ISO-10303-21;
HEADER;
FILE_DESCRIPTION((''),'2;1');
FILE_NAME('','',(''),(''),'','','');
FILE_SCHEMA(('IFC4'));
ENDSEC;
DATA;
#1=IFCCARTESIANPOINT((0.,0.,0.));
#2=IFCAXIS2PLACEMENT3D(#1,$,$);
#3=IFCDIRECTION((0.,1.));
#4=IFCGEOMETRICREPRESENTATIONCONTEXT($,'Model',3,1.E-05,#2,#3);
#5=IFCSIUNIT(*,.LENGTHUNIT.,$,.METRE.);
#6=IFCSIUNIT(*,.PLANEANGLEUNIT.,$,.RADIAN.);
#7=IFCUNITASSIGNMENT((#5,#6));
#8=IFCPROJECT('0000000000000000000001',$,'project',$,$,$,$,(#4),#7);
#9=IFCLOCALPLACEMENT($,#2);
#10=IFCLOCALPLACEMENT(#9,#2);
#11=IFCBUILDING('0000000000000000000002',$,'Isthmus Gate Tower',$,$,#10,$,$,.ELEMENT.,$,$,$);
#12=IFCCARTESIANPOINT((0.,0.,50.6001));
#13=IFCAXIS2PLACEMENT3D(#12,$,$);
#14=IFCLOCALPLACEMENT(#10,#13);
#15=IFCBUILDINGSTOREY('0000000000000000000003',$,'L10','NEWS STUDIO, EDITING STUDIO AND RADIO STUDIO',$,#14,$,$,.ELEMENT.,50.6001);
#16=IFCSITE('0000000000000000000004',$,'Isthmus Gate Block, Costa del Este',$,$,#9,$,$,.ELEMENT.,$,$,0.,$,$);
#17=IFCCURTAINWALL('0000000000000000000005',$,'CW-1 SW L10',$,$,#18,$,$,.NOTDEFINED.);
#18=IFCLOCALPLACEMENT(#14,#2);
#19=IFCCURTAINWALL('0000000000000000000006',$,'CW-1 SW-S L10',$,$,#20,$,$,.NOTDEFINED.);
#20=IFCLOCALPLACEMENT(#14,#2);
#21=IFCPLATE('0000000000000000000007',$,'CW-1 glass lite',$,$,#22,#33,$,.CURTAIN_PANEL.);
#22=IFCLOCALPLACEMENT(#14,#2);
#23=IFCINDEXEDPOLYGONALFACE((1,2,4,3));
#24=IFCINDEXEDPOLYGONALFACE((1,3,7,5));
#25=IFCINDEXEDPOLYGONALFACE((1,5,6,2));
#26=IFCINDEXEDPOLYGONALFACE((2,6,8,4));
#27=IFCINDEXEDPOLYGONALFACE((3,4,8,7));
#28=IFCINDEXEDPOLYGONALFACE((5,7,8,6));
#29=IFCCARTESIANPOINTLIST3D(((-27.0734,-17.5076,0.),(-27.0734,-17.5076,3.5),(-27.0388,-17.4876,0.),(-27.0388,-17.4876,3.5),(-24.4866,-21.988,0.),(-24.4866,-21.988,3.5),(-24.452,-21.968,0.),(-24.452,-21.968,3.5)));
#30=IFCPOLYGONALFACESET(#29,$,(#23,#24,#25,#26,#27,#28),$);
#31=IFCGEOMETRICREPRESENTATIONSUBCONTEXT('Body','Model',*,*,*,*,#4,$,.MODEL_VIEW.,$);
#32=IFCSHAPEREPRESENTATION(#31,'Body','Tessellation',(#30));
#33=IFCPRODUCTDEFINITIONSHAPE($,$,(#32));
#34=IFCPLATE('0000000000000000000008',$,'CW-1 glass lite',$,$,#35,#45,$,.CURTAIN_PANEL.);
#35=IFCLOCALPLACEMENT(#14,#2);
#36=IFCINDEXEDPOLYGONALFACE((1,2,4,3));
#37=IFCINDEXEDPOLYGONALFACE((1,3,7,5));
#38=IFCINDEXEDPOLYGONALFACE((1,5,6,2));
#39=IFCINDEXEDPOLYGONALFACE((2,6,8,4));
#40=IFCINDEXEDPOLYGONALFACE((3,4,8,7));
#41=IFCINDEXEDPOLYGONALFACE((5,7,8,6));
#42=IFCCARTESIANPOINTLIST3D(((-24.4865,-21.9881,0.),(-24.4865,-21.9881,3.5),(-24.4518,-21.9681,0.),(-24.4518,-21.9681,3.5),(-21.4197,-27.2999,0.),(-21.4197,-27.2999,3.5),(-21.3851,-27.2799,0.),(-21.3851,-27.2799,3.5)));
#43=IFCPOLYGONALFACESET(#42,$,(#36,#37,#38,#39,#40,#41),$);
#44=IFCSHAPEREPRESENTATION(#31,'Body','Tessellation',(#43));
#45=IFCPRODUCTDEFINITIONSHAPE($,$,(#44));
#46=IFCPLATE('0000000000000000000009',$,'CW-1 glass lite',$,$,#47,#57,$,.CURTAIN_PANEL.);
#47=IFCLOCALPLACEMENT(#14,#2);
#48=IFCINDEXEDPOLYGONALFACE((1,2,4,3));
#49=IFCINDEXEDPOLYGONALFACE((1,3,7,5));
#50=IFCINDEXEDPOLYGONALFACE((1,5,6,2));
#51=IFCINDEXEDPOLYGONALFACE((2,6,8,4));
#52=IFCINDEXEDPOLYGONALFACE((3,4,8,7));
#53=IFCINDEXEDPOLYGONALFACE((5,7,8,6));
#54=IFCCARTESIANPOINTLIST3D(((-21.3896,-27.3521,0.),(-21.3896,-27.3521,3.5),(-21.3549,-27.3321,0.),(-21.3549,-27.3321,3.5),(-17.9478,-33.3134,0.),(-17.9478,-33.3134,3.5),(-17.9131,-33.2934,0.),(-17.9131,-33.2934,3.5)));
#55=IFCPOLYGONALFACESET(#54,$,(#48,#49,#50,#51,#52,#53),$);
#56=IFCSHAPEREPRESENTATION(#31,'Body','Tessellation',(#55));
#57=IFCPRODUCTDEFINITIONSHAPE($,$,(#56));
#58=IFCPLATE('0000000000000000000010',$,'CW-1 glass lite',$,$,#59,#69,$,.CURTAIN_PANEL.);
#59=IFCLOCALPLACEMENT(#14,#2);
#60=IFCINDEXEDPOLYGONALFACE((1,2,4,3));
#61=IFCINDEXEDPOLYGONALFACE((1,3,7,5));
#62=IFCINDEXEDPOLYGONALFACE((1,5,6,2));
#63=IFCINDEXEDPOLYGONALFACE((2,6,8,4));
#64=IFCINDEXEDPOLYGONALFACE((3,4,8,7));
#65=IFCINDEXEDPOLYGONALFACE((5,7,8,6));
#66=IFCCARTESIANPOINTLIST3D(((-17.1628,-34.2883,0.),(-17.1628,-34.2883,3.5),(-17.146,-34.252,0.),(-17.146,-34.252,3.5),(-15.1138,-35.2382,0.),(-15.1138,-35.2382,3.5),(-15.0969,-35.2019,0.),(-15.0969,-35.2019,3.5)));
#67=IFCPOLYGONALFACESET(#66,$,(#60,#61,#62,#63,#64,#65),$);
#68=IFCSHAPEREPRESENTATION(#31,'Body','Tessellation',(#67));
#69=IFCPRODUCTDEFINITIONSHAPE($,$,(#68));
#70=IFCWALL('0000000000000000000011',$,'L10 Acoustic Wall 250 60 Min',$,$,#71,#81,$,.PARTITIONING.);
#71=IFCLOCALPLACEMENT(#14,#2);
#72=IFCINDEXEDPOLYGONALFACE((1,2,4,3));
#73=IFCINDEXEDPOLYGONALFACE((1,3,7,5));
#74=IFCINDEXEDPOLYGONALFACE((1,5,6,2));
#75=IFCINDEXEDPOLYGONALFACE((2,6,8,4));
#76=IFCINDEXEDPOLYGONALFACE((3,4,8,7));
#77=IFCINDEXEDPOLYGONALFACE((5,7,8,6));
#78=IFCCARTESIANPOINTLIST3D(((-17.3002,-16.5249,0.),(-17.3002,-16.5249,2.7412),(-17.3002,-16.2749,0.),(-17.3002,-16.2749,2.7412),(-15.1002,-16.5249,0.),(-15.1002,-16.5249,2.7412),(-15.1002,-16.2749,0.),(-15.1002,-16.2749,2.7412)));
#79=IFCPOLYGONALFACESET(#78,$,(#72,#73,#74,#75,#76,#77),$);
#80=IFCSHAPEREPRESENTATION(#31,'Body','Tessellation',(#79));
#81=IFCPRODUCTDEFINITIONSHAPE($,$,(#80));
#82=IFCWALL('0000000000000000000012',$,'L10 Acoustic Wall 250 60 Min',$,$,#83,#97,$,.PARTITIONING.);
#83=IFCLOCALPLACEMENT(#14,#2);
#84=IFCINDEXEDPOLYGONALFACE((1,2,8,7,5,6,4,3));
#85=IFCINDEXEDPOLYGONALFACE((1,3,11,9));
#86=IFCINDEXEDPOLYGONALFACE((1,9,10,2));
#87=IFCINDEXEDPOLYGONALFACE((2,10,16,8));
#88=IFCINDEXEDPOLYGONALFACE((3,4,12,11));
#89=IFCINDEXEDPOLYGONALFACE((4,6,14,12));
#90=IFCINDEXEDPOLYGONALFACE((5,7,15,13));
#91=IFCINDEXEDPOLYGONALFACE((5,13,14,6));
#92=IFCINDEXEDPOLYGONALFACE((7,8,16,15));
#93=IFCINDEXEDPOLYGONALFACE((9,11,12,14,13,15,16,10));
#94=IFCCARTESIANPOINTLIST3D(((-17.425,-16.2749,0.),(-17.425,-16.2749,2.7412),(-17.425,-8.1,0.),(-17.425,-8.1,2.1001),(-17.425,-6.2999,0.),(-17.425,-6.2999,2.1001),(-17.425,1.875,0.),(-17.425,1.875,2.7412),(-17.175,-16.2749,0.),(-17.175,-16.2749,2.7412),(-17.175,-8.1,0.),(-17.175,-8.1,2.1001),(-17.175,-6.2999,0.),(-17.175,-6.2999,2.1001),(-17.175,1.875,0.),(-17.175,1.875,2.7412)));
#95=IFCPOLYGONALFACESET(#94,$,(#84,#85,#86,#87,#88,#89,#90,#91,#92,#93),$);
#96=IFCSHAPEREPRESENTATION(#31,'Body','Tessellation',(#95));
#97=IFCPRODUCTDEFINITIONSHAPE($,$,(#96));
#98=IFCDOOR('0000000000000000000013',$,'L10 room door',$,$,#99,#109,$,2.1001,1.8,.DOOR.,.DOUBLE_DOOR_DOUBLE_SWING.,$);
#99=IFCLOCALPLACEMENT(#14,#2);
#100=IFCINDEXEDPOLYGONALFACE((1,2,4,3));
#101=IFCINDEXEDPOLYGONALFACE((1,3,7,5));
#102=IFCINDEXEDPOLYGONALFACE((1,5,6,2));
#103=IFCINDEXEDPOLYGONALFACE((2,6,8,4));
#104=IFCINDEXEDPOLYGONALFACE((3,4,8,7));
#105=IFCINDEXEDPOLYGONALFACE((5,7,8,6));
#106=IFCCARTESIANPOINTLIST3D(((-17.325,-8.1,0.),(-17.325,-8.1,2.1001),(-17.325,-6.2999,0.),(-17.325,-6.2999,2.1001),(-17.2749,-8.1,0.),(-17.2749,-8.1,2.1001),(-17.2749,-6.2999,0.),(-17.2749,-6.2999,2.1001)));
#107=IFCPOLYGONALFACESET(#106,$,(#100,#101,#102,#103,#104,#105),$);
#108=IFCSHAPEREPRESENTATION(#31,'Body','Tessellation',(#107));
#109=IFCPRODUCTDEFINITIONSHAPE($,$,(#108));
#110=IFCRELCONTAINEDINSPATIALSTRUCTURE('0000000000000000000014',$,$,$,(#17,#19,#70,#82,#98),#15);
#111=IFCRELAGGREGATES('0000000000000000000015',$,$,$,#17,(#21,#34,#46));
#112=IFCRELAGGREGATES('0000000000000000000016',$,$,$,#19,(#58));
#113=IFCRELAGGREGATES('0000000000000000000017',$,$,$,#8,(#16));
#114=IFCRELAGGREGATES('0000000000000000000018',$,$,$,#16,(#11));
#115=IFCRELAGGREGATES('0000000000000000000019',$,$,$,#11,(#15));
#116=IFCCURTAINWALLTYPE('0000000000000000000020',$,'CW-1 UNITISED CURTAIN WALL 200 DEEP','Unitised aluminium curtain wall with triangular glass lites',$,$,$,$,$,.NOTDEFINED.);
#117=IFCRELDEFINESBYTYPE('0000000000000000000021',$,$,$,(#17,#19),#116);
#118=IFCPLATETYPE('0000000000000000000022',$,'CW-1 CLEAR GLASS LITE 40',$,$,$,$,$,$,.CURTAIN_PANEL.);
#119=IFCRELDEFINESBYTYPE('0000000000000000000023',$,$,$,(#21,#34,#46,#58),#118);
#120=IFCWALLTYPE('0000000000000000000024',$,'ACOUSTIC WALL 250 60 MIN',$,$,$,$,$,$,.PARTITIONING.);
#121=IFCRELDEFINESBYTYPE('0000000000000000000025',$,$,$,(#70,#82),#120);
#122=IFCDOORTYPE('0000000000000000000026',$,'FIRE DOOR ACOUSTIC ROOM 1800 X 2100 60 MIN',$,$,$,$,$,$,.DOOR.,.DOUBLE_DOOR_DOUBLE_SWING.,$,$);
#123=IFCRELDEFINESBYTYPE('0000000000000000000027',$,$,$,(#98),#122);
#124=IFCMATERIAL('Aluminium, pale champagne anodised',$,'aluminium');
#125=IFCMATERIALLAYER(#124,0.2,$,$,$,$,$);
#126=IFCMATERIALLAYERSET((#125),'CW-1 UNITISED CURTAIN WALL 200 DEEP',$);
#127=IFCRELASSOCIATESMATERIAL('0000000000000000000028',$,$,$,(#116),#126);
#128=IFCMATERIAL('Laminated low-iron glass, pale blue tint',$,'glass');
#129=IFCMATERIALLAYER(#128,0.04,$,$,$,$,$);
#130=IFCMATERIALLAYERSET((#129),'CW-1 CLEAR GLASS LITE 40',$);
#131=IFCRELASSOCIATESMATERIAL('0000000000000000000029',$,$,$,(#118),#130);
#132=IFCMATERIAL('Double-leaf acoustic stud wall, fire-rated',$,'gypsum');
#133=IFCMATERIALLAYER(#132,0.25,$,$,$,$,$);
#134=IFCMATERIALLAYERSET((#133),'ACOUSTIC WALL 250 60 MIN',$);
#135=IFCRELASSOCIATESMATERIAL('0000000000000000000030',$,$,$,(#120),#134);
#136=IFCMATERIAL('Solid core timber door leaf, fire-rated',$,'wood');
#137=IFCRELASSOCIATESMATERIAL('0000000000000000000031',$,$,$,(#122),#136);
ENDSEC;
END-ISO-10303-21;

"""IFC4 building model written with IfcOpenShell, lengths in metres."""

from ifc_helpers import new_model, si_unit, direction, frame, frame_2d, origin, origin_2d, place, context, subcontext, project, spatial, rectangle, extrude, material, layer, layer_set, type_object, element, fill, aggregate, save


model = new_model("IFC4")

# Units and contexts
model_context = context("Model", 3, precision=1e-05, world=origin(), true_north=direction((0.0, 1.0)))
body_context = subcontext(model_context, "Body", "Model", "MODEL_VIEW")
ifc_project = project(units=[si_unit("LENGTHUNIT", "METRE"), si_unit("PLANEANGLEUNIT", "RADIAN")], contexts=[model_context])

# Site, building, storey
site_placement = place(None, origin())
site = spatial("IfcSite", under=ifc_project, at=site_placement, Name="Isthmus Gate Block, Costa del Este", CompositionType="ELEMENT", RefElevation=0.0)
building_placement = place(site_placement, origin())
building = spatial("IfcBuilding", under=site, at=building_placement, Name="Isthmus Gate Tower", CompositionType="ELEMENT")
storey_placement = place(building_placement, frame((0.0, 0.0, 50.6001)))
storey = spatial("IfcBuildingStorey", under=building, at=storey_placement, Name="L10", Description="NEWS STUDIO, EDITING STUDIO AND RADIO STUDIO", CompositionType="ELEMENT", Elevation=50.6001)

# Curtain wall
ifc_material_1 = material(Name="Aluminium, pale champagne anodised", Category="aluminium")
ifc_layer_1 = layer(ifc_material_1, 0.2)
ifc_layer_set_1 = layer_set([ifc_layer_1], Name="CW-1 UNITISED CURTAIN WALL 200 DEEP")
curtain_wall_type = type_object("IfcCurtainWallType", Name="CW-1 UNITISED CURTAIN WALL 200 DEEP", Description="Unitised aluminium curtain wall with triangular glass lites", PredefinedType="NOTDEFINED", material=ifc_layer_set_1)
curtain_wall_1_placement = place(storey_placement, origin())
curtain_wall_1 = element("IfcCurtainWall", 1, at=curtain_wall_1_placement, inside=storey, type_object=curtain_wall_type, Name="CW-1 SW L10", PredefinedType="NOTDEFINED")

# Curtain wall
curtain_wall_2_placement = place(storey_placement, origin())
curtain_wall_2 = element("IfcCurtainWall", 2, at=curtain_wall_2_placement, inside=storey, type_object=curtain_wall_type, Name="CW-1 SW-S L10", PredefinedType="NOTDEFINED")

# Plates
ifc_material_2 = material(Name="Laminated low-iron glass, pale blue tint", Category="glass")
ifc_layer_2 = layer(ifc_material_2, 0.04)
ifc_layer_set_2 = layer_set([ifc_layer_2], Name="CW-1 CLEAR GLASS LITE 40")
plate_type = type_object("IfcPlateType", Name="CW-1 CLEAR GLASS LITE 40", PredefinedType="CURTAIN_PANEL", material=ifc_layer_set_2)
plate_1_placement = place(storey_placement, frame((-25.7627, -19.7378, 0.0), z_axis=(0.0, 0.0, 1.0), x_axis=(0.5, -0.866025, 0.0)))
plate_1 = element("IfcPlate", 3, at=plate_1_placement, type_object=plate_type, Name="CW-1 glass lite", PredefinedType="CURTAIN_PANEL", context=body_context, shape_type="SweptSolid", body=[
    extrude(rectangle(XDim=5.1736, YDim=0.04, at=origin_2d()), origin(), (0.0, 0.0, 1.0), 3.5),
])
plate_2_placement = place(storey_placement, frame((-22.9358, -24.634, 0.0), z_axis=(0.0, 0.0, 1.0), x_axis=(0.5, -0.866025, 0.0)))
plate_2 = element("IfcPlate", 4, at=plate_2_placement, type_object=plate_type, Name="CW-1 glass lite", PredefinedType="CURTAIN_PANEL", context=body_context, shape_type="SweptSolid", body=[
    extrude(rectangle(XDim=6.1335, YDim=0.04, at=origin_2d()), origin(), (0.0, 0.0, 1.0), 3.5),
])
plate_3_placement = place(storey_placement, frame((-19.6514, -30.3228, 0.0), z_axis=(0.0, 0.0, 1.0), x_axis=(0.5, -0.866025, 0.0)))
plate_3 = element("IfcPlate", 5, at=plate_3_placement, type_object=plate_type, Name="CW-1 glass lite", PredefinedType="CURTAIN_PANEL", context=body_context, shape_type="SweptSolid", body=[
    extrude(rectangle(XDim=6.8835, YDim=0.04, at=origin_2d()), origin(), (0.0, 0.0, 1.0), 3.5),
])
aggregate(curtain_wall_1, [plate_1, plate_2, plate_3])
plate_4_placement = place(storey_placement, frame((-16.1299, -34.7451, 0.0), z_axis=(0.0, 0.0, 1.0), x_axis=(0.907256, -0.420578, 0.0)))
plate_4 = element("IfcPlate", 6, at=plate_4_placement, type_object=plate_type, Name="CW-1 glass lite", PredefinedType="CURTAIN_PANEL", context=body_context, shape_type="SweptSolid", body=[
    extrude(rectangle(XDim=2.2585, YDim=0.04, at=origin_2d()), origin(), (0.0, 0.0, 1.0), 3.5),
])
aggregate(curtain_wall_2, [plate_4])

# Wall
ifc_material_3 = material(Name="Double-leaf acoustic stud wall, fire-rated", Category="gypsum")
ifc_layer_3 = layer(ifc_material_3, 0.25)
ifc_layer_set_3 = layer_set([ifc_layer_3], Name="ACOUSTIC WALL 250 60 MIN")
wall_type = type_object("IfcWallType", Name="ACOUSTIC WALL 250 60 MIN", PredefinedType="PARTITIONING", material=ifc_layer_set_3)
wall_1_placement = place(storey_placement, frame((-15.1001, -16.3999, 0.0), z_axis=(0.0, 0.0, 1.0), x_axis=(-1.0, 0.0, 0.0)))
element("IfcWall", 7, at=wall_1_placement, inside=storey, type_object=wall_type, Name="L10 Acoustic Wall 250 60 Min", PredefinedType="PARTITIONING", context=body_context, shape_type="SweptSolid", body=[
    extrude(rectangle(XDim=2.2, YDim=0.25, at=frame_2d((1.1001, 0.0))), origin(), (0.0, 0.0, 1.0), 2.7412),
])

# Wall, opening, door
wall_2_placement = place(storey_placement, frame((-17.3, -16.2749, 0.0), z_axis=(0.0, 0.0, 1.0), x_axis=(0.0, 1.0, 0.0)))
wall_2 = element("IfcWall", 8, at=wall_2_placement, inside=storey, type_object=wall_type, Name="L10 Acoustic Wall 250 60 Min", PredefinedType="PARTITIONING", context=body_context, shape_type="SweptSolid", body=[
    extrude(rectangle(XDim=18.1499, YDim=0.25, at=frame_2d((9.075, 0.0))), origin(), (0.0, 0.0, 1.0), 2.7412),
])
opening_placement = place(wall_2_placement, frame((8.175, 0.0, 0.0)))
opening = element("IfcOpeningElement", 9, at=opening_placement, cuts=wall_2, PredefinedType="OPENING", context=body_context, shape_type="SweptSolid", body=[
    extrude(rectangle(XDim=1.8, YDim=2.1001, at=frame_2d((0.8999, 1.05))), frame((0.0, 0.135, 0.0), z_axis=(0.0, -1.0, 0.0), x_axis=(1.0, 0.0, 0.0)), (0.0, 0.0, 1.0), 0.27),
])
ifc_material_4 = material(Name="Solid core timber door leaf, fire-rated", Category="wood")
door_type = type_object("IfcDoorType", Name="FIRE DOOR ACOUSTIC ROOM 1800 X 2100 60 MIN", OperationType="DOUBLE_DOOR_DOUBLE_SWING", PredefinedType="DOOR", material=ifc_material_4)
door_placement = place(opening_placement, origin())
door = element("IfcDoor", 10, at=door_placement, inside=storey, type_object=door_type, Name="L10 room door", OperationType="DOUBLE_DOOR_DOUBLE_SWING", OverallHeight=2.1001, OverallWidth=1.8, PredefinedType="DOOR", context=body_context, shape_type="SweptSolid", body=[
    extrude(rectangle(XDim=1.8, YDim=2.1001, at=frame_2d((0.8999, 1.05))), frame((0.0, 0.0249, 0.0), z_axis=(0.0, -1.0, 0.0), x_axis=(1.0, 0.0, 0.0)), (0.0, 0.0, 1.0), 0.05),
])
fill(opening, door)

save(model, "model.ifc")
